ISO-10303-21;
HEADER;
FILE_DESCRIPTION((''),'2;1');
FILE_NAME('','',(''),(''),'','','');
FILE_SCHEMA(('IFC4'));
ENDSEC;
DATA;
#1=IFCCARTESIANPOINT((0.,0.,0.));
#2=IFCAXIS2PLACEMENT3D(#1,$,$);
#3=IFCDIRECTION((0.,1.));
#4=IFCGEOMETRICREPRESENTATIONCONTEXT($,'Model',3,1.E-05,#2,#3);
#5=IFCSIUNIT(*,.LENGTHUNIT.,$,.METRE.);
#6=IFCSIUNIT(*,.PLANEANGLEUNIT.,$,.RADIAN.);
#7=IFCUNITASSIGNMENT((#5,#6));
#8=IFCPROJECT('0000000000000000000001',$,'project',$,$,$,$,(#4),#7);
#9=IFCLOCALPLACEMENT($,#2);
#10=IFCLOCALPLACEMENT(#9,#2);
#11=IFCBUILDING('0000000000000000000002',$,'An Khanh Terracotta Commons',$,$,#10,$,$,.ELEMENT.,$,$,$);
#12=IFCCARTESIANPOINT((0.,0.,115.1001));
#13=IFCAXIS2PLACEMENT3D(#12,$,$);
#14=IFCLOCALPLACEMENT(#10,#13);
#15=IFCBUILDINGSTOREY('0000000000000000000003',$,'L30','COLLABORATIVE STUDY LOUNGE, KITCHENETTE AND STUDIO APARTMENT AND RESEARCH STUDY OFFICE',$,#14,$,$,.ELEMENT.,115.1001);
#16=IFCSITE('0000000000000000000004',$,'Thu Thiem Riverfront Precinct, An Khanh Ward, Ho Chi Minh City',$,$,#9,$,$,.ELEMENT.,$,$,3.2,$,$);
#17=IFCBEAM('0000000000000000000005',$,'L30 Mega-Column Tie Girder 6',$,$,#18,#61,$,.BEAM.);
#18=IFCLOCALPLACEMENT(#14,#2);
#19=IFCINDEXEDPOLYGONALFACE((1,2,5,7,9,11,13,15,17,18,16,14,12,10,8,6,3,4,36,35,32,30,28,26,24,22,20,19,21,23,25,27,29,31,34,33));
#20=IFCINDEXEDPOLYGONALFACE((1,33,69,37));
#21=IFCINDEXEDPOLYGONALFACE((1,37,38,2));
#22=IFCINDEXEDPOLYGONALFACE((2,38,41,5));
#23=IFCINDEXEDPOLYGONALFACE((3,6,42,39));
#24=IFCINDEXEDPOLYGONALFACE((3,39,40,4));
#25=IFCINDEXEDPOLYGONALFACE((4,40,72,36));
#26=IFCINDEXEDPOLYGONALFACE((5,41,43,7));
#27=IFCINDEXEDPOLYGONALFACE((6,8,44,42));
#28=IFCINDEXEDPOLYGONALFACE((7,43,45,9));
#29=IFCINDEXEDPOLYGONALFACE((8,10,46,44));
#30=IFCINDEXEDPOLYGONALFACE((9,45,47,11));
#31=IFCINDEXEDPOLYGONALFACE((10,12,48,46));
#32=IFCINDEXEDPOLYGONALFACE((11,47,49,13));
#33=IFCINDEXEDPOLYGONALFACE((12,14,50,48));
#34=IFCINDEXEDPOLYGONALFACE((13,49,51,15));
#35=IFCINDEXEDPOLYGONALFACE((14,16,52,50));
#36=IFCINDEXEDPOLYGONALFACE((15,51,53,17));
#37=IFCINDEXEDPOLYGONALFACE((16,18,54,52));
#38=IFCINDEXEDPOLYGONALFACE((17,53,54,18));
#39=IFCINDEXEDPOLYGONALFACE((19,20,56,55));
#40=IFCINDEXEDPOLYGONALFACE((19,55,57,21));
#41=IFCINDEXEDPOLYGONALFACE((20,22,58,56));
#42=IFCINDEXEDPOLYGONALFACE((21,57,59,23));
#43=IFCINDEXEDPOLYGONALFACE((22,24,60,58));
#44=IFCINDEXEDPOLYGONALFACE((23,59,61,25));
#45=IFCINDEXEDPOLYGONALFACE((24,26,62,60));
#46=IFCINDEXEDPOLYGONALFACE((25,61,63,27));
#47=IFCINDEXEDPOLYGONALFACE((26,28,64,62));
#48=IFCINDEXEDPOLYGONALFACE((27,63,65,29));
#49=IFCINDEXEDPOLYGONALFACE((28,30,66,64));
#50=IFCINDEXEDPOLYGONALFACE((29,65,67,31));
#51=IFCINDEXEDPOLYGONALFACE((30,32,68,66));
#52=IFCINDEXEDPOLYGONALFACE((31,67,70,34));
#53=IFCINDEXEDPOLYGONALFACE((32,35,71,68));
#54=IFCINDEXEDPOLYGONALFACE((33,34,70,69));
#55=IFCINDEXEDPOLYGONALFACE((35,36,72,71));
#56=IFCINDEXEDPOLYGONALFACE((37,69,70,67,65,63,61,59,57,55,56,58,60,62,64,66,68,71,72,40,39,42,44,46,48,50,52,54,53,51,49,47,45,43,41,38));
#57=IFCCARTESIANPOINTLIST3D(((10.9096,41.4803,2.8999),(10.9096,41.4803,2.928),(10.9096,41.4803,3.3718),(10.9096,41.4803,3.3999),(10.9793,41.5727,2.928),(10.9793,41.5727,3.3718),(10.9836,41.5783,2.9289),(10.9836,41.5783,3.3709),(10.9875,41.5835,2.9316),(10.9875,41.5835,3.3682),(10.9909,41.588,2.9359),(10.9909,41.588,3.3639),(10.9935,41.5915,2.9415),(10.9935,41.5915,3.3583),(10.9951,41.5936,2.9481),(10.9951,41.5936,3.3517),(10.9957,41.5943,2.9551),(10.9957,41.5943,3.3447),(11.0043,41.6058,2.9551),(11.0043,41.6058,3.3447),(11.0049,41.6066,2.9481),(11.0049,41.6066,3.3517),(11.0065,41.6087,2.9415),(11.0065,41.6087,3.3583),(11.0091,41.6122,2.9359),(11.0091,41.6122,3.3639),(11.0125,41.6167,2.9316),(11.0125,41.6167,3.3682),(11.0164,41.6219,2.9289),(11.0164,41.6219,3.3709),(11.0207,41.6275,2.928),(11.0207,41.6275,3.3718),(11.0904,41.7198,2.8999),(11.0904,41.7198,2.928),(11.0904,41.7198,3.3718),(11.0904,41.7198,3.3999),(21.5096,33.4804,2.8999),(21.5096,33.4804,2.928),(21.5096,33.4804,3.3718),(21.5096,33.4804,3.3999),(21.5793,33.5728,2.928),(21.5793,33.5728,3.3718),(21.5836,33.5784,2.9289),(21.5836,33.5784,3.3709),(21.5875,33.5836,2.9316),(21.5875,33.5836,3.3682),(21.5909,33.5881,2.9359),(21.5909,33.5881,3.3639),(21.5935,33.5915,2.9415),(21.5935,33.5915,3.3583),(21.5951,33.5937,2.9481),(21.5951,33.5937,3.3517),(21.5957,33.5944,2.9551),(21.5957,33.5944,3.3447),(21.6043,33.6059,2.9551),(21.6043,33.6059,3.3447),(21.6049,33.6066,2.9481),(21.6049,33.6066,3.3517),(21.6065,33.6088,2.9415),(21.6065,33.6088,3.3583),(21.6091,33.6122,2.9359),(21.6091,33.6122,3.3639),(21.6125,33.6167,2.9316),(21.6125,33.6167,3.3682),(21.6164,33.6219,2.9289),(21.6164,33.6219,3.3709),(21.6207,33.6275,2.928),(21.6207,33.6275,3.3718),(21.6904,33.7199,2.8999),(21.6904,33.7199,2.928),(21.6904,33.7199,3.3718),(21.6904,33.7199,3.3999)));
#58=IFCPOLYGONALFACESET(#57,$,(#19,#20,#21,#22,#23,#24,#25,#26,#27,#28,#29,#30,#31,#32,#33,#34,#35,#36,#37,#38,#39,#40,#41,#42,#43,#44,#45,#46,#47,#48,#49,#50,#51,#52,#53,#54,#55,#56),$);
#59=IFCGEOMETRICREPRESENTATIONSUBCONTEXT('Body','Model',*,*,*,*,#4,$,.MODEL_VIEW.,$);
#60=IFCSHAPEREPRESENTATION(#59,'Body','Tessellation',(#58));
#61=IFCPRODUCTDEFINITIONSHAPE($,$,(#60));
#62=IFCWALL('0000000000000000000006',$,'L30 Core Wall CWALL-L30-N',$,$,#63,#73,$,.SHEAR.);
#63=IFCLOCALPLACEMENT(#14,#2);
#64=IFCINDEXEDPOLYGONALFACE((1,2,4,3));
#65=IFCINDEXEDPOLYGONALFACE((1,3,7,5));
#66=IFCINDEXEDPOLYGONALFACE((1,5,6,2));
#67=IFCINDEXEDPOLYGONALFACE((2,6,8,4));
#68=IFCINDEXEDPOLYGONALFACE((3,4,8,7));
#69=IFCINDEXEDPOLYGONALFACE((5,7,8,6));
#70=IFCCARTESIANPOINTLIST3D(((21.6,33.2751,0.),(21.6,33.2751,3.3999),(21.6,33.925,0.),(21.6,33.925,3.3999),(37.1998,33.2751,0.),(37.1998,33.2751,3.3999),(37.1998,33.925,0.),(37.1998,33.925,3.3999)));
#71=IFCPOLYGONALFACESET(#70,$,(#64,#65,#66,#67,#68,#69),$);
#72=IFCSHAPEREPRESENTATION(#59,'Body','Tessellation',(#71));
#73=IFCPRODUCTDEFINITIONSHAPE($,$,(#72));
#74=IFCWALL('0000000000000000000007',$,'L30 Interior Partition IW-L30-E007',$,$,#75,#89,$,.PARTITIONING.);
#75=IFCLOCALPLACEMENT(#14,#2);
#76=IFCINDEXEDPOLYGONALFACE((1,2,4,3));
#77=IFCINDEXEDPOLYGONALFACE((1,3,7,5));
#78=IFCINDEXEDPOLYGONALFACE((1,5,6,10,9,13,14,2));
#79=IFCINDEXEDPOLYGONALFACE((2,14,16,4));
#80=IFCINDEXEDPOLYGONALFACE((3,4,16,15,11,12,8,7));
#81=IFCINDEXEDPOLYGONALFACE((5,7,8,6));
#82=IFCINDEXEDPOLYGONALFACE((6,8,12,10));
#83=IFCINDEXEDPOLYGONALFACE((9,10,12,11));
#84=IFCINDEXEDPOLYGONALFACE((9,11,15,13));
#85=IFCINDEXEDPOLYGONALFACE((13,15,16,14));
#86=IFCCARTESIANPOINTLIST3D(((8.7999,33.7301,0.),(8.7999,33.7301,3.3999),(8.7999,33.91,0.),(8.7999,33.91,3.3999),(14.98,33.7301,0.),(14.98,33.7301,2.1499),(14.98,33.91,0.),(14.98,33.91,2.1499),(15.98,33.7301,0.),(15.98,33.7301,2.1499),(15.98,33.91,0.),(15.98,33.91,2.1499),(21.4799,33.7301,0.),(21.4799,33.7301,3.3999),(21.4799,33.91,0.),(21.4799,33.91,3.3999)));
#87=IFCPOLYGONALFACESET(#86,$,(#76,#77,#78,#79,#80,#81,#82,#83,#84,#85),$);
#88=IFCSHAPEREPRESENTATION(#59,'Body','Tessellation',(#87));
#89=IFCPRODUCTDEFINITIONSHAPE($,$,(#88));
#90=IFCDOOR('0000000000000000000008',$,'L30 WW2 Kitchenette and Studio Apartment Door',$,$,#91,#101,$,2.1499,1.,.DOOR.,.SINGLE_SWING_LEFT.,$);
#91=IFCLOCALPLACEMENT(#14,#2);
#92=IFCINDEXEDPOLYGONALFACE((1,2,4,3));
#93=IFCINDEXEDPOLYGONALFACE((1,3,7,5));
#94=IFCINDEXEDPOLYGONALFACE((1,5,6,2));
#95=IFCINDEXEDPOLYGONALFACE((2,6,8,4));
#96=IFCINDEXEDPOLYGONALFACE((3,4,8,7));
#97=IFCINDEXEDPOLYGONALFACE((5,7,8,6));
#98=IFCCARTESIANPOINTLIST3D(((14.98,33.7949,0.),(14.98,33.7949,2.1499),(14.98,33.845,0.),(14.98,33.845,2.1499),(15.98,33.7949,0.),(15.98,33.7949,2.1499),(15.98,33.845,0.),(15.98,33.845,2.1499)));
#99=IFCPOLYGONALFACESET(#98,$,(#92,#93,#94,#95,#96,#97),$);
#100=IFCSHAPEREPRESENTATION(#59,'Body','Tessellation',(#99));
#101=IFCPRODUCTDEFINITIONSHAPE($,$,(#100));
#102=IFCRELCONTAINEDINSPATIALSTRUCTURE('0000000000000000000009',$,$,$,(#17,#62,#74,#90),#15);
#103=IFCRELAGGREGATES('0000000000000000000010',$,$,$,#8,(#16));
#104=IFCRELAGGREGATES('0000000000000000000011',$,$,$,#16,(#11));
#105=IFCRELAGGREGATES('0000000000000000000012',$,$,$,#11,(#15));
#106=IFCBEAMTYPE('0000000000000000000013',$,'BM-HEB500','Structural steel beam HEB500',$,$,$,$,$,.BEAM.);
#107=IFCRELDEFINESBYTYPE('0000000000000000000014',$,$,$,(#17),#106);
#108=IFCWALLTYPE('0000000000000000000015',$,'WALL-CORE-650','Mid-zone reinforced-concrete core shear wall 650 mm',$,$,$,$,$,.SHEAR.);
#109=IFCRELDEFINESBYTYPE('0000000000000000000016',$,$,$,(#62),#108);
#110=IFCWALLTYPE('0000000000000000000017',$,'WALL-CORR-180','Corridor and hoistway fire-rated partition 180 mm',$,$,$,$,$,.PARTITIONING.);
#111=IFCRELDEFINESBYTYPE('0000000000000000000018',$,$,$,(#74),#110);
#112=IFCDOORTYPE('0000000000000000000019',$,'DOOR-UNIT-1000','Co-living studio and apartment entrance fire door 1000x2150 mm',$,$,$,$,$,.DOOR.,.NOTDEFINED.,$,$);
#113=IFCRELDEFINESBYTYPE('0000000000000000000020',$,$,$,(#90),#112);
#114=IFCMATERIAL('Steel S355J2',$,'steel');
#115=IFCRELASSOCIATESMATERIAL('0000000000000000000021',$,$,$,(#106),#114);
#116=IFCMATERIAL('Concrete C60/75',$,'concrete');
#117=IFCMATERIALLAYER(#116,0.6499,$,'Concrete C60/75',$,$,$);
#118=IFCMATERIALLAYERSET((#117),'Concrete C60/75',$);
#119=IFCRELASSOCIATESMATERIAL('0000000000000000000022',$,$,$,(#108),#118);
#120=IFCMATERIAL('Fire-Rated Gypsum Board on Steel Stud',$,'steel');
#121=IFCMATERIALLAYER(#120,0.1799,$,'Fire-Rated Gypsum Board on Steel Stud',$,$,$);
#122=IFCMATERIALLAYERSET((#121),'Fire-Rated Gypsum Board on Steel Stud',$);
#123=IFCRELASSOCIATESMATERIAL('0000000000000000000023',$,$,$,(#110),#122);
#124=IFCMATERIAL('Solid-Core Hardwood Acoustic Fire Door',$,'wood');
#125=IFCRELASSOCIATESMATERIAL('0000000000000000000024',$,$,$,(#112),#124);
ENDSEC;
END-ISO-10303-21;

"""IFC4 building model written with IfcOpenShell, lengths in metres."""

from ifc_helpers import new_model, si_unit, direction, frame, frame_2d, origin, origin_2d, place, context, subcontext, project, spatial, rectangle, i_section, extrude, material, layer, layer_set, material_profile, profile_set, type_object, element, fill, save


model = new_model("IFC4")

# Units and contexts
model_context = context("Model", 3, precision=1e-05, world=origin(), true_north=direction((0.0, 1.0)))
body_context = subcontext(model_context, "Body", "Model", "MODEL_VIEW")
ifc_project = project(units=[si_unit("LENGTHUNIT", "METRE"), si_unit("PLANEANGLEUNIT", "RADIAN")], contexts=[model_context])

# Site, building, storey
site_placement = place(None, origin())
site = spatial("IfcSite", under=ifc_project, at=site_placement, Name="Thu Thiem Riverfront Precinct, An Khanh Ward, Ho Chi Minh City", CompositionType="ELEMENT", RefElevation=3.2)
building_placement = place(site_placement, origin())
building = spatial("IfcBuilding", under=site, at=building_placement, Name="An Khanh Terracotta Commons", CompositionType="ELEMENT")
storey_placement = place(building_placement, frame((0.0, 0.0, 115.1001)))
storey = spatial("IfcBuildingStorey", under=building, at=storey_placement, Name="L30", Description="COLLABORATIVE STUDY LOUNGE, KITCHENETTE AND STUDIO APARTMENT AND RESEARCH STUDY OFFICE", CompositionType="ELEMENT", Elevation=115.1001)

# Beam
ifc_material_1 = material(Name="Steel S355J2", Category="steel")
ifc_material_profile_1 = material_profile(ifc_material_1, i_section(OverallWidth=0.3, OverallDepth=0.5, WebThickness=0.0144, FlangeThickness=0.0281, FilletRadius=0.0271, at=origin_2d()), Name="HEB500")
ifc_profile_set_1 = profile_set([ifc_material_profile_1], Name="Steel S355J2")
beam_type = type_object("IfcBeamType", Name="BM-HEB500", Description="Structural steel beam HEB500", PredefinedType="BEAM", material=ifc_profile_set_1)
beam_1_placement = place(storey_placement, frame((11.0, 41.6001, 3.1499), z_axis=(0.798192, -0.602403, 0.0), x_axis=(0.602403, 0.798192, 0.0)))
element("IfcBeam", 1, at=beam_1_placement, inside=storey, type_object=beam_type, Name="L30 Mega-Column Tie Girder 6", PredefinedType="BEAM", context=body_context, shape_type="SweptSolid", body=[
    extrude(i_section(OverallWidth=0.3, OverallDepth=0.5, WebThickness=0.0144, FlangeThickness=0.0281, FilletRadius=0.0271, at=origin_2d()), origin(), (0.0, 0.0, 1.0), 13.28),
])

# Wall
ifc_material_2 = material(Name="Concrete C60/75", Category="concrete")
ifc_layer_1 = layer(ifc_material_2, 0.6499, Name="Concrete C60/75")
ifc_layer_set_1 = layer_set([ifc_layer_1], Name="Concrete C60/75")
wall_type_1 = type_object("IfcWallType", Name="WALL-CORE-650", Description="Mid-zone reinforced-concrete core shear wall 650 mm", PredefinedType="SHEAR", material=ifc_layer_set_1)
wall_1_placement = place(storey_placement, frame((21.6001, 33.6001, 0.0), z_axis=(0.0, 0.0, 1.0), x_axis=(1.0, 0.0, 0.0)))
element("IfcWall", 2, at=wall_1_placement, inside=storey, type_object=wall_type_1, Name="L30 Core Wall CWALL-L30-N", PredefinedType="SHEAR", context=body_context, shape_type="SweptSolid", body=[
    extrude(rectangle(XDim=15.5999, YDim=0.6499, at=frame_2d((7.7998, 0.0))), origin(), (0.0, 0.0, 1.0), 3.3999),
])

# Wall, opening, door
ifc_material_3 = material(Name="Fire-Rated Gypsum Board on Steel Stud", Category="steel")
ifc_layer_2 = layer(ifc_material_3, 0.1799, Name="Fire-Rated Gypsum Board on Steel Stud")
ifc_layer_set_2 = layer_set([ifc_layer_2], Name="Fire-Rated Gypsum Board on Steel Stud")
wall_type_2 = type_object("IfcWallType", Name="WALL-CORR-180", Description="Corridor and hoistway fire-rated partition 180 mm", PredefinedType="PARTITIONING", material=ifc_layer_set_2)
wall_2_placement = place(storey_placement, frame((8.8, 33.8201, 0.0), z_axis=(0.0, 0.0, 1.0), x_axis=(1.0, 0.0, 0.0)))
wall_2 = element("IfcWall", 3, at=wall_2_placement, inside=storey, type_object=wall_type_2, Name="L30 Interior Partition IW-L30-E007", PredefinedType="PARTITIONING", context=body_context, shape_type="SweptSolid", body=[
    extrude(rectangle(XDim=12.6799, YDim=0.1799, at=frame_2d((6.3398, 0.0))), origin(), (0.0, 0.0, 1.0), 3.3999),
])
opening_1_placement = place(wall_2_placement, frame((6.1799, 0.0, 0.0)))
opening_1 = element("IfcOpeningElement", 4, at=opening_1_placement, cuts=wall_2, PredefinedType="OPENING", context=body_context, shape_type="SweptSolid", body=[
    extrude(rectangle(XDim=1.0, YDim=2.1499, at=frame_2d((0.5, 1.075))), frame((0.0, 0.0999, 0.0), z_axis=(0.0, -1.0, 0.0), x_axis=(1.0, 0.0, 0.0)), (0.0, 0.0, 1.0), 0.2),
])
ifc_material_4 = material(Name="Solid-Core Hardwood Acoustic Fire Door", Category="wood")
door_type_1 = type_object("IfcDoorType", Name="DOOR-UNIT-1000", Description="Co-living studio and apartment entrance fire door 1000x2150 mm", OperationType="NOTDEFINED", PredefinedType="DOOR", material=ifc_material_4)
door_1_placement = place(opening_1_placement, origin())
door_1 = element("IfcDoor", 5, at=door_1_placement, inside=storey, type_object=door_type_1, Name="L30 WW2 Kitchenette and Studio Apartment Door", OperationType="SINGLE_SWING_LEFT", OverallHeight=2.1499, OverallWidth=1.0, PredefinedType="DOOR", context=body_context, shape_type="SweptSolid", body=[
    extrude(rectangle(XDim=1.0, YDim=2.1499, at=frame_2d((0.5, 1.075))), frame((0.0, 0.0249, 0.0), z_axis=(0.0, -1.0, 0.0), x_axis=(1.0, 0.0, 0.0)), (0.0, 0.0, 1.0), 0.05),
])
fill(opening_1, door_1)

save(model, "model.ifc")
